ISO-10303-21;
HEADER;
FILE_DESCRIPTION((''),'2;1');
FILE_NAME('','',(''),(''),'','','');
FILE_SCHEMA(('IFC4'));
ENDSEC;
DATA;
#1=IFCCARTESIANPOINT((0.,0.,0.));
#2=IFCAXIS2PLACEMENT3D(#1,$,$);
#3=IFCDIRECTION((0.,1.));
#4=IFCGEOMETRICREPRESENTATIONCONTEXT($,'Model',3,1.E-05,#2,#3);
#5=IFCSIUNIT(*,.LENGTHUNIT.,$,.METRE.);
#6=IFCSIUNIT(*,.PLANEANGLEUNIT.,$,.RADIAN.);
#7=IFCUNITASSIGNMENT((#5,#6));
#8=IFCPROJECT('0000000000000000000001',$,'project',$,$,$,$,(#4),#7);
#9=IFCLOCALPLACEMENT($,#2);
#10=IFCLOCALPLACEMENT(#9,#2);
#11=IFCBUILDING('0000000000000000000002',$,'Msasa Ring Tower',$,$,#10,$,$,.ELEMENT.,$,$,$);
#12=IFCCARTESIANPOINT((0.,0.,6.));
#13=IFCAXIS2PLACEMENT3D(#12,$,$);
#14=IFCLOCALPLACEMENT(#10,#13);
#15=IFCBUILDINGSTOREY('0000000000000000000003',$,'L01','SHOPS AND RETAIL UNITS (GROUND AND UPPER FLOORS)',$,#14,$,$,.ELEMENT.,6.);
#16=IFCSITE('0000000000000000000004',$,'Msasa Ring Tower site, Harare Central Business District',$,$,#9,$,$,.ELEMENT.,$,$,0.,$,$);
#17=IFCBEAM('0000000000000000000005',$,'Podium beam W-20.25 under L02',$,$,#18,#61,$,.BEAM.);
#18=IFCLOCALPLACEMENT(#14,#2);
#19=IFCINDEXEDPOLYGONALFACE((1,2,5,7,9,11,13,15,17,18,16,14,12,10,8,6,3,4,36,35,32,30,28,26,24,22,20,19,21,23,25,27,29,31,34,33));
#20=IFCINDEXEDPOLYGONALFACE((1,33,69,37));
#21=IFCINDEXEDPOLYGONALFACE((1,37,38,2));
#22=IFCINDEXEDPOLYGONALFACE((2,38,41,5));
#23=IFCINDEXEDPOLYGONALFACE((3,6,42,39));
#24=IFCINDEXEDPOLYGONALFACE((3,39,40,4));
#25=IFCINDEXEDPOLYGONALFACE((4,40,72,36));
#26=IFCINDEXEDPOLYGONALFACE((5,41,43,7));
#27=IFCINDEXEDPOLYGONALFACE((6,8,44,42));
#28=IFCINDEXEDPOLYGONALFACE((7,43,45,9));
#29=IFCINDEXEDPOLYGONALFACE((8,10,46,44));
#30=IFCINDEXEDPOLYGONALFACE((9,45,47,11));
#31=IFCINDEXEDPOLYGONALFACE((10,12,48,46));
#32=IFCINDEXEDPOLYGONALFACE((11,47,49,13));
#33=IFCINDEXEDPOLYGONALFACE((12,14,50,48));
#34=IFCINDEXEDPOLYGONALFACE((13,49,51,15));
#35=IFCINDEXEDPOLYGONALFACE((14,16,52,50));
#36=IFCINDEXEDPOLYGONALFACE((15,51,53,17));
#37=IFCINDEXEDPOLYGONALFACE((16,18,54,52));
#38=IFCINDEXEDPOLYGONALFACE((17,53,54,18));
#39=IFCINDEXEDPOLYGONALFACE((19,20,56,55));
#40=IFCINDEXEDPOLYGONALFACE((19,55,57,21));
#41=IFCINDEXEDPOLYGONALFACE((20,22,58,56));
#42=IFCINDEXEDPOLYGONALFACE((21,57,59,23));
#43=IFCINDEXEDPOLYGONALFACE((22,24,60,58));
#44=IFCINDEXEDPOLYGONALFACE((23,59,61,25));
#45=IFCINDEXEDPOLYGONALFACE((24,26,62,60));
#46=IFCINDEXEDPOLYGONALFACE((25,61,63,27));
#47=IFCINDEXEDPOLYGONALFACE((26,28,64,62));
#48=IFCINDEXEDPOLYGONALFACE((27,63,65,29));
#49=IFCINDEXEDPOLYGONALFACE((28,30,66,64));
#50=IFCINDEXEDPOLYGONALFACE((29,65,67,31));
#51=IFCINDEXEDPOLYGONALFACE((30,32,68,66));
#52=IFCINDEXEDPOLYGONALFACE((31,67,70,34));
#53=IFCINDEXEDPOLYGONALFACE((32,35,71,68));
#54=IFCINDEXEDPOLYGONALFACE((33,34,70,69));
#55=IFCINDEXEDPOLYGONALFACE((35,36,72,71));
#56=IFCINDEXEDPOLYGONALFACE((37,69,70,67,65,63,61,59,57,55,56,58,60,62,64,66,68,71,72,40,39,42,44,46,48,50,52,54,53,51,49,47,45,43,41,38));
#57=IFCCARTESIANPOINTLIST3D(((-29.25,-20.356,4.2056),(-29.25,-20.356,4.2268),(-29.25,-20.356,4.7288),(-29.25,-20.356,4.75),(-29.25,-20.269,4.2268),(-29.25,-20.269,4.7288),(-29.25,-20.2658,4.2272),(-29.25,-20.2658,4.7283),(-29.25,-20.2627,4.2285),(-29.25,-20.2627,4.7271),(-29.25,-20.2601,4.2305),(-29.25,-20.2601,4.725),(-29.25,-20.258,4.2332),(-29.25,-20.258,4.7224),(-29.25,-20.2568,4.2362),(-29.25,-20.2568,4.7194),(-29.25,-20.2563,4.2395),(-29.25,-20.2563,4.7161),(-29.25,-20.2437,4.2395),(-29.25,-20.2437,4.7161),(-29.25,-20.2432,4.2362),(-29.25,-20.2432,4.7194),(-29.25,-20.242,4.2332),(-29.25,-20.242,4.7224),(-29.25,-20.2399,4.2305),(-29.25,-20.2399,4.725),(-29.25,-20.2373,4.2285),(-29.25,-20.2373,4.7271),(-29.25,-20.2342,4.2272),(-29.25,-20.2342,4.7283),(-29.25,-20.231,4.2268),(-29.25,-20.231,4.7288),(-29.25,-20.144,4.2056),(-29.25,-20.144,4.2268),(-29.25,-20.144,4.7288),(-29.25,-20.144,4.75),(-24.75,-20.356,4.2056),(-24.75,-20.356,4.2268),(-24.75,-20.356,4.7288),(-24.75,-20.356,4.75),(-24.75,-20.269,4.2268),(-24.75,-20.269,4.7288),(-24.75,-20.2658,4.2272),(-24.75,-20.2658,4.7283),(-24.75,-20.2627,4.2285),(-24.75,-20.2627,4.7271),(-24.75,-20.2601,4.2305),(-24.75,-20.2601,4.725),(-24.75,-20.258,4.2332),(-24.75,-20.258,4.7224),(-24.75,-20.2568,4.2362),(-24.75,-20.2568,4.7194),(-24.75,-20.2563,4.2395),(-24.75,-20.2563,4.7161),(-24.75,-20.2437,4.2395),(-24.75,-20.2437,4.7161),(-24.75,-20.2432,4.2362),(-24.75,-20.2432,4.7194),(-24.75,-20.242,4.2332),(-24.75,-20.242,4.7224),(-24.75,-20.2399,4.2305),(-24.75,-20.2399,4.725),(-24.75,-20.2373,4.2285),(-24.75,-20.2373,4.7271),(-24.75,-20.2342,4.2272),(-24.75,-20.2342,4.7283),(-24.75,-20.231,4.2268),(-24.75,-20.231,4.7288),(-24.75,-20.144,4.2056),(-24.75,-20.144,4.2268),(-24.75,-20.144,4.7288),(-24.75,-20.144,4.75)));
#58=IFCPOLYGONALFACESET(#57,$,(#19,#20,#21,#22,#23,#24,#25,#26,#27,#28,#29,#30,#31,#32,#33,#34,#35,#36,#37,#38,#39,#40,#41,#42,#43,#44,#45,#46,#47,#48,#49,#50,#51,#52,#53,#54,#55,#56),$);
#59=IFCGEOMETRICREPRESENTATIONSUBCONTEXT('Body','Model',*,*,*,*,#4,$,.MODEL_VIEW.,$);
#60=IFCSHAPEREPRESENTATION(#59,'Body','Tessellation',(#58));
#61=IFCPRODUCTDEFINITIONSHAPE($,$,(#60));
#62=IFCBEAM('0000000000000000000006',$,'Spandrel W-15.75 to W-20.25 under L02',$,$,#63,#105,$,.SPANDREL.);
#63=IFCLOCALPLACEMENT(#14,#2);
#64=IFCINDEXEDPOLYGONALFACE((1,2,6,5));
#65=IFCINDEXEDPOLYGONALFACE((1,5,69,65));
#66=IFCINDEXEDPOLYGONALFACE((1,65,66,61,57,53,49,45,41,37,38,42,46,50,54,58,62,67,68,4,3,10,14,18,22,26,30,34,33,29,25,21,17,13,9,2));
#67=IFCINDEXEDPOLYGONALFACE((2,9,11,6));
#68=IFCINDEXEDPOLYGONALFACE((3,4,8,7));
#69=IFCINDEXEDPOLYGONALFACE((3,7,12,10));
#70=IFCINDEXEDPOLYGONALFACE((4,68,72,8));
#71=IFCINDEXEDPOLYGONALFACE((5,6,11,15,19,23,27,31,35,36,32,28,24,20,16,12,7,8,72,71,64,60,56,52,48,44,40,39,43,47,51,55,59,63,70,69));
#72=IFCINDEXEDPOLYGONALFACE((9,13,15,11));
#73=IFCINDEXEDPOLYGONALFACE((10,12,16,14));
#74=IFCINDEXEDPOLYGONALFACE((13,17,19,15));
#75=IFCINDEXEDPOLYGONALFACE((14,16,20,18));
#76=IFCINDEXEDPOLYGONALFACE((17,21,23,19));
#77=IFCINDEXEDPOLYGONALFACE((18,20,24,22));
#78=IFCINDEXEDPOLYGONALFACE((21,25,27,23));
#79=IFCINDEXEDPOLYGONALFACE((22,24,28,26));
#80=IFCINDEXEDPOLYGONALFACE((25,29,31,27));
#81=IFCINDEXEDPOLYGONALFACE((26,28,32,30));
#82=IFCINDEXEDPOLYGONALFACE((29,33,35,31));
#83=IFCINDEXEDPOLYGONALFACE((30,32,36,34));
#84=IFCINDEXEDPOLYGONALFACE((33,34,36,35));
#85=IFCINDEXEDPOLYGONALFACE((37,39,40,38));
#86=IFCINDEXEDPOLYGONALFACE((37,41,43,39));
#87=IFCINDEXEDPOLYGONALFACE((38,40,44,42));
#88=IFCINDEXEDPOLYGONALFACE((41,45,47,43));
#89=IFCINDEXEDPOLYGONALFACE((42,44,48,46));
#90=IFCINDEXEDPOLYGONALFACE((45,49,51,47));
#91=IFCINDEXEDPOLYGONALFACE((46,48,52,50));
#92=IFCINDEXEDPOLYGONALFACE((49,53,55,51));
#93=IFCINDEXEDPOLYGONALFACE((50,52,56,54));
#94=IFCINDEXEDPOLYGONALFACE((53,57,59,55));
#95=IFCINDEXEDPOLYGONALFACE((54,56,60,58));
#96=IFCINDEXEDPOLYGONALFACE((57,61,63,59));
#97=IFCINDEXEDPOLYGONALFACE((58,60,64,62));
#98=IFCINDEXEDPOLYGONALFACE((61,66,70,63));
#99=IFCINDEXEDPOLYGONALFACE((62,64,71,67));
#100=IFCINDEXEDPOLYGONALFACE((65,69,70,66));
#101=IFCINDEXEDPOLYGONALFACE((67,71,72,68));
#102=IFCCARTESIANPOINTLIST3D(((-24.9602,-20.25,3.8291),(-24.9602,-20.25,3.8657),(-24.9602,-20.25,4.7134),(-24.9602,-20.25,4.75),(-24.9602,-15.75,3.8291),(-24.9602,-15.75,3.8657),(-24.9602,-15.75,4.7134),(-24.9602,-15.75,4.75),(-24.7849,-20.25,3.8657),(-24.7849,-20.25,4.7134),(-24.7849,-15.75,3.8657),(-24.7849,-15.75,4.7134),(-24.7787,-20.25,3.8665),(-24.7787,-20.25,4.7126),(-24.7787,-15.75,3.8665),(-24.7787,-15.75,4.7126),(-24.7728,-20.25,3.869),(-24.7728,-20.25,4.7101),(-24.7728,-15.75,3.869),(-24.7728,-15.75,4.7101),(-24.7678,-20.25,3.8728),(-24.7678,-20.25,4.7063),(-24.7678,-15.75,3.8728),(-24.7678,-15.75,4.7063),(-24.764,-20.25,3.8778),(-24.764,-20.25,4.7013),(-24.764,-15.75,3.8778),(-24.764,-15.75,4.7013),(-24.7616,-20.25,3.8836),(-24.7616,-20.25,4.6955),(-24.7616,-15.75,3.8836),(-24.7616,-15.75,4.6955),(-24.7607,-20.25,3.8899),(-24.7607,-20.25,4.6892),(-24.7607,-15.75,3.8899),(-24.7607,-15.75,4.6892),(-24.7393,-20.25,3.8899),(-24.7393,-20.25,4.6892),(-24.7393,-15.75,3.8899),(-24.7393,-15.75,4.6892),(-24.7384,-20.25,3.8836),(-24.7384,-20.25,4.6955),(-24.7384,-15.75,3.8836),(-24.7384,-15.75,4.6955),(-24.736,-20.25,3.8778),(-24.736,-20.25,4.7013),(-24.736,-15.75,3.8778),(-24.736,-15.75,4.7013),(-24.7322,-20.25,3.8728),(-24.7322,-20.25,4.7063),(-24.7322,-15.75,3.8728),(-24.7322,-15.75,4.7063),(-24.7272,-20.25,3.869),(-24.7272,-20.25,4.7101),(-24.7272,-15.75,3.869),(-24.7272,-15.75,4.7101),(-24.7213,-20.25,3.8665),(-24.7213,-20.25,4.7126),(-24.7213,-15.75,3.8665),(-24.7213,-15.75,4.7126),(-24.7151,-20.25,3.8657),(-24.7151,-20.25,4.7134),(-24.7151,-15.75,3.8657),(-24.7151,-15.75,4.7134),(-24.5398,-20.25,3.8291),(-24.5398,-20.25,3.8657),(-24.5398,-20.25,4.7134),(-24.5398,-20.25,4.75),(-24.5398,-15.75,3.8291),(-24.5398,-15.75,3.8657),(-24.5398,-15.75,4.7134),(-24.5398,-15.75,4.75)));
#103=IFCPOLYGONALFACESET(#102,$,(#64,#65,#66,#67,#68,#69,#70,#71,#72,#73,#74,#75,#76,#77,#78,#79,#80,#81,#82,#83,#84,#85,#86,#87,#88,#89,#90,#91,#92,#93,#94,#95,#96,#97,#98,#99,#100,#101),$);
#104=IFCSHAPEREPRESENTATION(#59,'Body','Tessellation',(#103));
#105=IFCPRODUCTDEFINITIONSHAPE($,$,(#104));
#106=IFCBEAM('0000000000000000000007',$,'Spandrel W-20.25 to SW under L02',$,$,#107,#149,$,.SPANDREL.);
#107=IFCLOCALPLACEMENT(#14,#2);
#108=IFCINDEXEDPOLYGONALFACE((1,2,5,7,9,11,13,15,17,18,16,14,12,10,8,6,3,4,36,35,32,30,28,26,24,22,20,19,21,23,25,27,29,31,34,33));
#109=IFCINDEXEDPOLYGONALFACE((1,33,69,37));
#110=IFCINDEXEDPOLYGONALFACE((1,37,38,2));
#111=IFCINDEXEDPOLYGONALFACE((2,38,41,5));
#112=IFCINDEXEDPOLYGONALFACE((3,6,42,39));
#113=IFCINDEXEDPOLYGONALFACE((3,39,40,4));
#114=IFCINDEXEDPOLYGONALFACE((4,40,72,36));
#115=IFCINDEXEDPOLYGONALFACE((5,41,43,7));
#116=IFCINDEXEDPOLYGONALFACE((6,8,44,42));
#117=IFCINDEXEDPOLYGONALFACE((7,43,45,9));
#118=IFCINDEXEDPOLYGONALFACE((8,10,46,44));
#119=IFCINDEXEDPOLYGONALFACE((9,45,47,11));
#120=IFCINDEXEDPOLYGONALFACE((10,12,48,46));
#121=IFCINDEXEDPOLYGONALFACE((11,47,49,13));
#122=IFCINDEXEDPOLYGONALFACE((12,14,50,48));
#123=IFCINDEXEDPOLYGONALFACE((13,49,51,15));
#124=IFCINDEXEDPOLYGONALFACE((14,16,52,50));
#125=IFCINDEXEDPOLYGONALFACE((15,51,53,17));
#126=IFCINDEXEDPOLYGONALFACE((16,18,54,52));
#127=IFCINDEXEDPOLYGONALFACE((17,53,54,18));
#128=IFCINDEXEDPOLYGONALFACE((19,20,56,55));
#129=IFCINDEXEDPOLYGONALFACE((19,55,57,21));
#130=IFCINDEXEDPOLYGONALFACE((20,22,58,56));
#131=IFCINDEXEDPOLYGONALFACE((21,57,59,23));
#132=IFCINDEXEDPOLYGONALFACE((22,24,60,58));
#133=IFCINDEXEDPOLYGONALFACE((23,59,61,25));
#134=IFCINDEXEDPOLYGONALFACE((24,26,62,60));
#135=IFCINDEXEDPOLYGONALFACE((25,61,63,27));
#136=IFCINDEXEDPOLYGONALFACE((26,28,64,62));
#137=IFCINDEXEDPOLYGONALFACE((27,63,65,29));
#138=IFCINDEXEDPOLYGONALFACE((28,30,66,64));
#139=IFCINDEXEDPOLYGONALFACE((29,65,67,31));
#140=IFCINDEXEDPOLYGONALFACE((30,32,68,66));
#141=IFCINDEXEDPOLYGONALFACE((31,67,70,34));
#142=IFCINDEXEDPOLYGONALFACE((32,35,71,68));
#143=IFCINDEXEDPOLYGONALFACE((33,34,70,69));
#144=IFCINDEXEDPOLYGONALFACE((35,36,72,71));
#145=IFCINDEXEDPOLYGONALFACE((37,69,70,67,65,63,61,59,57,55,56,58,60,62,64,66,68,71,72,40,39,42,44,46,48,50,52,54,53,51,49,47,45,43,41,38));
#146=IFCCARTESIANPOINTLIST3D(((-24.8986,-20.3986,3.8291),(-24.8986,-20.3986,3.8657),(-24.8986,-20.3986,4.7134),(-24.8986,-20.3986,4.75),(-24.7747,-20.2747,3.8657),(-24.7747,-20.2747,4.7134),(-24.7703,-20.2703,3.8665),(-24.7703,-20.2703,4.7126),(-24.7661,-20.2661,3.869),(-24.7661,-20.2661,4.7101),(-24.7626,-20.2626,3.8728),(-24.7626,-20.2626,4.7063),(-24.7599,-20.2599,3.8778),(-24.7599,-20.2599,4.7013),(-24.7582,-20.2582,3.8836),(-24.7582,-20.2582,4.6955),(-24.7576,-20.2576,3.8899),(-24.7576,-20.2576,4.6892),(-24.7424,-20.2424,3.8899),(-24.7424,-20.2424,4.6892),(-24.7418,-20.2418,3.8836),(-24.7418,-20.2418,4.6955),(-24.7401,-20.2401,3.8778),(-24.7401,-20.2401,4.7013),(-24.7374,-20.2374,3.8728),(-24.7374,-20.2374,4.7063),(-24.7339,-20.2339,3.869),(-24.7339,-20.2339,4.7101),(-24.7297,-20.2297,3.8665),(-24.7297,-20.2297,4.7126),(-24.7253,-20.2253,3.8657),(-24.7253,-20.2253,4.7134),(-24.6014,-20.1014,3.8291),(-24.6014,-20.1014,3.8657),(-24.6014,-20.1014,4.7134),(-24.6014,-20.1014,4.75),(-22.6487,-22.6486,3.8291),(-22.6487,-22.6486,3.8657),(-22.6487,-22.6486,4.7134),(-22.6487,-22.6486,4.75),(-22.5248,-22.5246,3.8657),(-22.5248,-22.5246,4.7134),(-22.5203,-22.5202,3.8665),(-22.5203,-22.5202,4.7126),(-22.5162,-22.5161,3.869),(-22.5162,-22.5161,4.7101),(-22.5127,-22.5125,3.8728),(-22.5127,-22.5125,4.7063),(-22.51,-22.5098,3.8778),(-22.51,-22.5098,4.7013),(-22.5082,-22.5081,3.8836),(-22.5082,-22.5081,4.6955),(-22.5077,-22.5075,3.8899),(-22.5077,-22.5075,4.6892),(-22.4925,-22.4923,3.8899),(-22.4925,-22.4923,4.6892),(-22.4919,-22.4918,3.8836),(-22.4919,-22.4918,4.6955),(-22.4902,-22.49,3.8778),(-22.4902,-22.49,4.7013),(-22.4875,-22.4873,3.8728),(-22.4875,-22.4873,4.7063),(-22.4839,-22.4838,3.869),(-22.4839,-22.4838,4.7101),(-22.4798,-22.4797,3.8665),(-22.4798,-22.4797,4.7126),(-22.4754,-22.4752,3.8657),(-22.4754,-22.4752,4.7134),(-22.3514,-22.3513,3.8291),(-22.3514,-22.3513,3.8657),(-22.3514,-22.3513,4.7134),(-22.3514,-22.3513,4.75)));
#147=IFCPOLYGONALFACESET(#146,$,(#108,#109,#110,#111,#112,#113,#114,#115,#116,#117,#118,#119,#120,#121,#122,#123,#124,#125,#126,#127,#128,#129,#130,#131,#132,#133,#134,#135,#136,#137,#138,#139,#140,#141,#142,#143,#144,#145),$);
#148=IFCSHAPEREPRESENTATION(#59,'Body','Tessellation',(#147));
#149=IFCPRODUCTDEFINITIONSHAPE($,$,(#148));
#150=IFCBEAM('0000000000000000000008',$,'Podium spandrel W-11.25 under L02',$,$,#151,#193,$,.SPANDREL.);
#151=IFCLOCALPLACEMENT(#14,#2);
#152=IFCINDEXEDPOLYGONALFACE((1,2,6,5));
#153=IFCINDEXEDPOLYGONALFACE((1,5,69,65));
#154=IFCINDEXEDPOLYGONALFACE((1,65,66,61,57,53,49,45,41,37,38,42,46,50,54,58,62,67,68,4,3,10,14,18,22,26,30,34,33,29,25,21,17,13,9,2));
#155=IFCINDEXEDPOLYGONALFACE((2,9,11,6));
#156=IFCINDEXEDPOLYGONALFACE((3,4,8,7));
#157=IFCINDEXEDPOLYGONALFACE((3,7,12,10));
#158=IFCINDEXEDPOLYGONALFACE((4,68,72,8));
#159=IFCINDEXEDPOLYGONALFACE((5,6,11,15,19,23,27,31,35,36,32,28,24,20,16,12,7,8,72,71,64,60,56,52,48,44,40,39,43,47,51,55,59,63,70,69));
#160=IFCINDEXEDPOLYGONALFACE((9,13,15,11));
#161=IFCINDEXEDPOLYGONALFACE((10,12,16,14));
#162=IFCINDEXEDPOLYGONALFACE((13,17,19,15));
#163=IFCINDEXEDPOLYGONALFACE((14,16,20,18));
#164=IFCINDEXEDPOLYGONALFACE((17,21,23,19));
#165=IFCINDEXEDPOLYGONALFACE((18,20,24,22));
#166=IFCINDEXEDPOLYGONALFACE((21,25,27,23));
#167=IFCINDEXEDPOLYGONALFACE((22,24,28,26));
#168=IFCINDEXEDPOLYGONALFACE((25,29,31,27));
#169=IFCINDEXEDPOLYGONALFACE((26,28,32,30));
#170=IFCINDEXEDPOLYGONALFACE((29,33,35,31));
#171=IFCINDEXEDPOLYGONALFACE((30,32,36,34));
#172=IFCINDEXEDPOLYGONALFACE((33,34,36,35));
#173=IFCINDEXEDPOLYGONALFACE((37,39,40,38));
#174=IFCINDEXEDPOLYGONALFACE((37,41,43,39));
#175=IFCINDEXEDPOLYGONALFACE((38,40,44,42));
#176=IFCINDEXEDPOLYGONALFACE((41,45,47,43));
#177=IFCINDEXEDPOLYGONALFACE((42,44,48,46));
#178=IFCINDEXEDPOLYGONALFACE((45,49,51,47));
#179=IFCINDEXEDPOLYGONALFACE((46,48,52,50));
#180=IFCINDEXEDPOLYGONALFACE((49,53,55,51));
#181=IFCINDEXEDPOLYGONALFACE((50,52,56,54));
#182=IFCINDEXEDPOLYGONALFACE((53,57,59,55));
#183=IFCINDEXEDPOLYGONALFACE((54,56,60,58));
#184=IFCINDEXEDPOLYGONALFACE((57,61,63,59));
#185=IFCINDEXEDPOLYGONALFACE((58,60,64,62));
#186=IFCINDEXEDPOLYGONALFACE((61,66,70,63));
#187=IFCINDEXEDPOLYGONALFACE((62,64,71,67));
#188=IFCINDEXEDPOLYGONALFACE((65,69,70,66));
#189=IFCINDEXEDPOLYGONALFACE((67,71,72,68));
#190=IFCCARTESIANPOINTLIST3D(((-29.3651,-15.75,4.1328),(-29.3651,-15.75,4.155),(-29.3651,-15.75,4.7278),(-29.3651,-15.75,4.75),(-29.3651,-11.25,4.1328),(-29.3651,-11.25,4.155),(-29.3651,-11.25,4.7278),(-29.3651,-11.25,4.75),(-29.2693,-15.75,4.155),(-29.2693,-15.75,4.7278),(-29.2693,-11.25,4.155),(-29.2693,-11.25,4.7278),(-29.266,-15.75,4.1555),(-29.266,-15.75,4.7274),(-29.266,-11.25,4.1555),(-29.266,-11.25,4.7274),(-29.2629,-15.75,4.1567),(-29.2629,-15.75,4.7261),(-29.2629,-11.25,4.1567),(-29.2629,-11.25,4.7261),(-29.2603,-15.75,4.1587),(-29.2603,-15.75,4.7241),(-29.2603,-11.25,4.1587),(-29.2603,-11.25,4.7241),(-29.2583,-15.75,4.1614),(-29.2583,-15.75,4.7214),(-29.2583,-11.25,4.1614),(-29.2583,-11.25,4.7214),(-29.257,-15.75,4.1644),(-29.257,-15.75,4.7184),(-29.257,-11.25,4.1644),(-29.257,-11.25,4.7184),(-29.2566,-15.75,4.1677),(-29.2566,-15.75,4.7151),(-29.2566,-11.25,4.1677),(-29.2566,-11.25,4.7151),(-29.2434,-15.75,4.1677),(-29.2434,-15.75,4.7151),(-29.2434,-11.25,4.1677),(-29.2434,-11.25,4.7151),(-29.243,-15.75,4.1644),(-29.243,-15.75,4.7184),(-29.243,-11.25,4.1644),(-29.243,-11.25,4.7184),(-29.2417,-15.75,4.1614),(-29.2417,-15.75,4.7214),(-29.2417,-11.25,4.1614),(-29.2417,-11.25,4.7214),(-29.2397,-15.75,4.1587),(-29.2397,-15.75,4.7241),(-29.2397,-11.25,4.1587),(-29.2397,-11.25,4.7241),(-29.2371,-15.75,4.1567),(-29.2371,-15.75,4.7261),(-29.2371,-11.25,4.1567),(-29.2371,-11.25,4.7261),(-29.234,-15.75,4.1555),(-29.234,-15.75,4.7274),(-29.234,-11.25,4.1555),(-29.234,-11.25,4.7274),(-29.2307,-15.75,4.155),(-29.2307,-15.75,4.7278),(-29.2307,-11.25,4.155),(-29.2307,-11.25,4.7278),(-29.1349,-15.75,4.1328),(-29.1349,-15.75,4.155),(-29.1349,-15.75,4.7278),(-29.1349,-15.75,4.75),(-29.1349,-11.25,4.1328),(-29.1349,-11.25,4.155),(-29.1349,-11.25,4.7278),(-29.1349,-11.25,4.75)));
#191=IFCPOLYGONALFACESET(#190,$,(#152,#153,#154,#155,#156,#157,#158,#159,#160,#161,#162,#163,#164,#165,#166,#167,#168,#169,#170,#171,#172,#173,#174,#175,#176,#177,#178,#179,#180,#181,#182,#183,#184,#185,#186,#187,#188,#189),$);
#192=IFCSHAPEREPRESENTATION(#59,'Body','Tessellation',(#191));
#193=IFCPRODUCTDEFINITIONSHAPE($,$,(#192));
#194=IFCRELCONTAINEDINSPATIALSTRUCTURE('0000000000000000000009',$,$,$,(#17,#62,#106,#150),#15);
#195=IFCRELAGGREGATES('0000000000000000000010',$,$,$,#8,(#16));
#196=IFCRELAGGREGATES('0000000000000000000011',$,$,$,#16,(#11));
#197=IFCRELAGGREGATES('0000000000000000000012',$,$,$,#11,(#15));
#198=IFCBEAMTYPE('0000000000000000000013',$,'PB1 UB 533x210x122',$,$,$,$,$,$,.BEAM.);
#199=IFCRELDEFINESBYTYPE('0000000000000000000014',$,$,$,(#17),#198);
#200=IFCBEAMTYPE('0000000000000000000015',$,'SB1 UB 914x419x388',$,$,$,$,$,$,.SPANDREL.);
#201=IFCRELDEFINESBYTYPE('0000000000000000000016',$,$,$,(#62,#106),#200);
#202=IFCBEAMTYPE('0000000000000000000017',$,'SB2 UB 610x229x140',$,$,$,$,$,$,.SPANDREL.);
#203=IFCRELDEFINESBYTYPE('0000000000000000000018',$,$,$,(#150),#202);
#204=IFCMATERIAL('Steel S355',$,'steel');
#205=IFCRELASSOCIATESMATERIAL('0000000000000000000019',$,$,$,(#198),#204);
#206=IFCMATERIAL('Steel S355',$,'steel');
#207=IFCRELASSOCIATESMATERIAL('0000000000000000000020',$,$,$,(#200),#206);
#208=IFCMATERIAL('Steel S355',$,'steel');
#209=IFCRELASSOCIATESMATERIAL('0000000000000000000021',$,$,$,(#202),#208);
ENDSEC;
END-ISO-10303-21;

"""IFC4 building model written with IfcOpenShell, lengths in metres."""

from ifc_helpers import new_model, si_unit, direction, frame, origin, origin_2d, place, context, subcontext, project, spatial, i_section, extrude, material, material_profile, profile_set, type_object, element, save


model = new_model("IFC4")

# Units and contexts
model_context = context("Model", 3, precision=1e-05, world=origin(), true_north=direction((0.0, 1.0)))
body_context = subcontext(model_context, "Body", "Model", "MODEL_VIEW")
ifc_project = project(units=[si_unit("LENGTHUNIT", "METRE"), si_unit("PLANEANGLEUNIT", "RADIAN")], contexts=[model_context])

# Site, building, storey
site_placement = place(None, origin())
site = spatial("IfcSite", under=ifc_project, at=site_placement, Name="Msasa Ring Tower site, Harare Central Business District", CompositionType="ELEMENT", RefElevation=0.0)
building_placement = place(site_placement, origin())
building = spatial("IfcBuilding", under=site, at=building_placement, Name="Msasa Ring Tower", CompositionType="ELEMENT")
storey_placement = place(building_placement, frame((0.0, 0.0, 6.0)))
storey = spatial("IfcBuildingStorey", under=building, at=storey_placement, Name="L01", Description="SHOPS AND RETAIL UNITS (GROUND AND UPPER FLOORS)", CompositionType="ELEMENT", Elevation=6.0)

# Beams
ifc_material_1 = material(Name="Steel S355", Category="steel")
ifc_material_profile_1 = material_profile(ifc_material_1, i_section(OverallWidth=0.2119, OverallDepth=0.5444, WebThickness=0.0127, FlangeThickness=0.0212, FilletRadius=0.0127, at=origin_2d()), Name="UB 533x210x122")
ifc_profile_set_1 = profile_set([ifc_material_profile_1], Name="Steel S355")
beam_type_1 = type_object("IfcBeamType", Name="PB1 UB 533x210x122", PredefinedType="BEAM", material=ifc_profile_set_1)
beam_1_placement = place(storey_placement, frame((-29.25, -20.25, 4.4778), z_axis=(1.0, 0.0, 0.0), x_axis=(0.0, 1.0, 0.0)))
element("IfcBeam", 1, at=beam_1_placement, inside=storey, type_object=beam_type_1, Name="Podium beam W-20.25 under L02", PredefinedType="BEAM", context=body_context, shape_type="SweptSolid", body=[
    extrude(i_section(OverallWidth=0.2119, OverallDepth=0.5444, WebThickness=0.0127, FlangeThickness=0.0212, FilletRadius=0.0127, at=origin_2d()), origin(), (0.0, 0.0, 1.0), 4.5),
])
ifc_material_2 = material(Name="Steel S355", Category="steel")
ifc_material_profile_2 = material_profile(ifc_material_2, i_section(OverallWidth=0.4204, OverallDepth=0.9209, WebThickness=0.0215, FlangeThickness=0.0366, FilletRadius=0.0242, at=origin_2d()), Name="UB 914x419x388")
ifc_profile_set_2 = profile_set([ifc_material_profile_2], Name="Steel S355")
beam_type_2 = type_object("IfcBeamType", Name="SB1 UB 914x419x388", PredefinedType="SPANDREL", material=ifc_profile_set_2)
beam_2_placement = place(storey_placement, frame((-24.75, -15.75, 4.2896), z_axis=(0.0, -1.0, 0.0), x_axis=(1.0, 0.0, 0.0)))
element("IfcBeam", 2, at=beam_2_placement, inside=storey, type_object=beam_type_2, Name="Spandrel W-15.75 to W-20.25 under L02", PredefinedType="SPANDREL", context=body_context, shape_type="SweptSolid", body=[
    extrude(i_section(OverallWidth=0.4204, OverallDepth=0.9209, WebThickness=0.0215, FlangeThickness=0.0366, FilletRadius=0.0242, at=origin_2d()), origin(), (0.0, 0.0, 1.0), 4.5),
])
beam_3_placement = place(storey_placement, frame((-24.75, -20.25, 4.2896), z_axis=(0.707107, -0.707107, 0.0), x_axis=(0.707107, 0.707107, 0.0)))
element("IfcBeam", 3, at=beam_3_placement, inside=storey, type_object=beam_type_2, Name="Spandrel W-20.25 to SW under L02", PredefinedType="SPANDREL", context=body_context, shape_type="SweptSolid", body=[
    extrude(i_section(OverallWidth=0.4204, OverallDepth=0.9209, WebThickness=0.0215, FlangeThickness=0.0366, FilletRadius=0.0242, at=origin_2d()), origin(), (0.0, 0.0, 1.0), 3.1819),
])
ifc_material_3 = material(Name="Steel S355", Category="steel")
ifc_material_profile_3 = material_profile(ifc_material_3, i_section(OverallWidth=0.2302, OverallDepth=0.6172, WebThickness=0.0132, FlangeThickness=0.0222, FilletRadius=0.0127, at=origin_2d()), Name="UB 610x229x140")
ifc_profile_set_3 = profile_set([ifc_material_profile_3], Name="Steel S355")
beam_type_3 = type_object("IfcBeamType", Name="SB2 UB 610x229x140", PredefinedType="SPANDREL", material=ifc_profile_set_3)
for number, where, z_axis, x_axis, name in (
    (4, (-29.25, -11.25, 4.4414), (0.0, -1.0, 0.0), (1.0, 0.0, 0.0), "Podium spandrel W-11.25 under L02"),
):
    element("IfcBeam", number, at=place(storey_placement, frame(where, z_axis=z_axis, x_axis=x_axis)), inside=storey, type_object=beam_type_3, Name=name, PredefinedType="SPANDREL", context=body_context, shape_type="SweptSolid", body=[
        extrude(i_section(OverallWidth=0.2302, OverallDepth=0.6172, WebThickness=0.0132, FlangeThickness=0.0222, FilletRadius=0.0127, at=origin_2d()), origin(), (0.0, 0.0, 1.0), 4.5),
    ])

save(model, "model.ifc")
